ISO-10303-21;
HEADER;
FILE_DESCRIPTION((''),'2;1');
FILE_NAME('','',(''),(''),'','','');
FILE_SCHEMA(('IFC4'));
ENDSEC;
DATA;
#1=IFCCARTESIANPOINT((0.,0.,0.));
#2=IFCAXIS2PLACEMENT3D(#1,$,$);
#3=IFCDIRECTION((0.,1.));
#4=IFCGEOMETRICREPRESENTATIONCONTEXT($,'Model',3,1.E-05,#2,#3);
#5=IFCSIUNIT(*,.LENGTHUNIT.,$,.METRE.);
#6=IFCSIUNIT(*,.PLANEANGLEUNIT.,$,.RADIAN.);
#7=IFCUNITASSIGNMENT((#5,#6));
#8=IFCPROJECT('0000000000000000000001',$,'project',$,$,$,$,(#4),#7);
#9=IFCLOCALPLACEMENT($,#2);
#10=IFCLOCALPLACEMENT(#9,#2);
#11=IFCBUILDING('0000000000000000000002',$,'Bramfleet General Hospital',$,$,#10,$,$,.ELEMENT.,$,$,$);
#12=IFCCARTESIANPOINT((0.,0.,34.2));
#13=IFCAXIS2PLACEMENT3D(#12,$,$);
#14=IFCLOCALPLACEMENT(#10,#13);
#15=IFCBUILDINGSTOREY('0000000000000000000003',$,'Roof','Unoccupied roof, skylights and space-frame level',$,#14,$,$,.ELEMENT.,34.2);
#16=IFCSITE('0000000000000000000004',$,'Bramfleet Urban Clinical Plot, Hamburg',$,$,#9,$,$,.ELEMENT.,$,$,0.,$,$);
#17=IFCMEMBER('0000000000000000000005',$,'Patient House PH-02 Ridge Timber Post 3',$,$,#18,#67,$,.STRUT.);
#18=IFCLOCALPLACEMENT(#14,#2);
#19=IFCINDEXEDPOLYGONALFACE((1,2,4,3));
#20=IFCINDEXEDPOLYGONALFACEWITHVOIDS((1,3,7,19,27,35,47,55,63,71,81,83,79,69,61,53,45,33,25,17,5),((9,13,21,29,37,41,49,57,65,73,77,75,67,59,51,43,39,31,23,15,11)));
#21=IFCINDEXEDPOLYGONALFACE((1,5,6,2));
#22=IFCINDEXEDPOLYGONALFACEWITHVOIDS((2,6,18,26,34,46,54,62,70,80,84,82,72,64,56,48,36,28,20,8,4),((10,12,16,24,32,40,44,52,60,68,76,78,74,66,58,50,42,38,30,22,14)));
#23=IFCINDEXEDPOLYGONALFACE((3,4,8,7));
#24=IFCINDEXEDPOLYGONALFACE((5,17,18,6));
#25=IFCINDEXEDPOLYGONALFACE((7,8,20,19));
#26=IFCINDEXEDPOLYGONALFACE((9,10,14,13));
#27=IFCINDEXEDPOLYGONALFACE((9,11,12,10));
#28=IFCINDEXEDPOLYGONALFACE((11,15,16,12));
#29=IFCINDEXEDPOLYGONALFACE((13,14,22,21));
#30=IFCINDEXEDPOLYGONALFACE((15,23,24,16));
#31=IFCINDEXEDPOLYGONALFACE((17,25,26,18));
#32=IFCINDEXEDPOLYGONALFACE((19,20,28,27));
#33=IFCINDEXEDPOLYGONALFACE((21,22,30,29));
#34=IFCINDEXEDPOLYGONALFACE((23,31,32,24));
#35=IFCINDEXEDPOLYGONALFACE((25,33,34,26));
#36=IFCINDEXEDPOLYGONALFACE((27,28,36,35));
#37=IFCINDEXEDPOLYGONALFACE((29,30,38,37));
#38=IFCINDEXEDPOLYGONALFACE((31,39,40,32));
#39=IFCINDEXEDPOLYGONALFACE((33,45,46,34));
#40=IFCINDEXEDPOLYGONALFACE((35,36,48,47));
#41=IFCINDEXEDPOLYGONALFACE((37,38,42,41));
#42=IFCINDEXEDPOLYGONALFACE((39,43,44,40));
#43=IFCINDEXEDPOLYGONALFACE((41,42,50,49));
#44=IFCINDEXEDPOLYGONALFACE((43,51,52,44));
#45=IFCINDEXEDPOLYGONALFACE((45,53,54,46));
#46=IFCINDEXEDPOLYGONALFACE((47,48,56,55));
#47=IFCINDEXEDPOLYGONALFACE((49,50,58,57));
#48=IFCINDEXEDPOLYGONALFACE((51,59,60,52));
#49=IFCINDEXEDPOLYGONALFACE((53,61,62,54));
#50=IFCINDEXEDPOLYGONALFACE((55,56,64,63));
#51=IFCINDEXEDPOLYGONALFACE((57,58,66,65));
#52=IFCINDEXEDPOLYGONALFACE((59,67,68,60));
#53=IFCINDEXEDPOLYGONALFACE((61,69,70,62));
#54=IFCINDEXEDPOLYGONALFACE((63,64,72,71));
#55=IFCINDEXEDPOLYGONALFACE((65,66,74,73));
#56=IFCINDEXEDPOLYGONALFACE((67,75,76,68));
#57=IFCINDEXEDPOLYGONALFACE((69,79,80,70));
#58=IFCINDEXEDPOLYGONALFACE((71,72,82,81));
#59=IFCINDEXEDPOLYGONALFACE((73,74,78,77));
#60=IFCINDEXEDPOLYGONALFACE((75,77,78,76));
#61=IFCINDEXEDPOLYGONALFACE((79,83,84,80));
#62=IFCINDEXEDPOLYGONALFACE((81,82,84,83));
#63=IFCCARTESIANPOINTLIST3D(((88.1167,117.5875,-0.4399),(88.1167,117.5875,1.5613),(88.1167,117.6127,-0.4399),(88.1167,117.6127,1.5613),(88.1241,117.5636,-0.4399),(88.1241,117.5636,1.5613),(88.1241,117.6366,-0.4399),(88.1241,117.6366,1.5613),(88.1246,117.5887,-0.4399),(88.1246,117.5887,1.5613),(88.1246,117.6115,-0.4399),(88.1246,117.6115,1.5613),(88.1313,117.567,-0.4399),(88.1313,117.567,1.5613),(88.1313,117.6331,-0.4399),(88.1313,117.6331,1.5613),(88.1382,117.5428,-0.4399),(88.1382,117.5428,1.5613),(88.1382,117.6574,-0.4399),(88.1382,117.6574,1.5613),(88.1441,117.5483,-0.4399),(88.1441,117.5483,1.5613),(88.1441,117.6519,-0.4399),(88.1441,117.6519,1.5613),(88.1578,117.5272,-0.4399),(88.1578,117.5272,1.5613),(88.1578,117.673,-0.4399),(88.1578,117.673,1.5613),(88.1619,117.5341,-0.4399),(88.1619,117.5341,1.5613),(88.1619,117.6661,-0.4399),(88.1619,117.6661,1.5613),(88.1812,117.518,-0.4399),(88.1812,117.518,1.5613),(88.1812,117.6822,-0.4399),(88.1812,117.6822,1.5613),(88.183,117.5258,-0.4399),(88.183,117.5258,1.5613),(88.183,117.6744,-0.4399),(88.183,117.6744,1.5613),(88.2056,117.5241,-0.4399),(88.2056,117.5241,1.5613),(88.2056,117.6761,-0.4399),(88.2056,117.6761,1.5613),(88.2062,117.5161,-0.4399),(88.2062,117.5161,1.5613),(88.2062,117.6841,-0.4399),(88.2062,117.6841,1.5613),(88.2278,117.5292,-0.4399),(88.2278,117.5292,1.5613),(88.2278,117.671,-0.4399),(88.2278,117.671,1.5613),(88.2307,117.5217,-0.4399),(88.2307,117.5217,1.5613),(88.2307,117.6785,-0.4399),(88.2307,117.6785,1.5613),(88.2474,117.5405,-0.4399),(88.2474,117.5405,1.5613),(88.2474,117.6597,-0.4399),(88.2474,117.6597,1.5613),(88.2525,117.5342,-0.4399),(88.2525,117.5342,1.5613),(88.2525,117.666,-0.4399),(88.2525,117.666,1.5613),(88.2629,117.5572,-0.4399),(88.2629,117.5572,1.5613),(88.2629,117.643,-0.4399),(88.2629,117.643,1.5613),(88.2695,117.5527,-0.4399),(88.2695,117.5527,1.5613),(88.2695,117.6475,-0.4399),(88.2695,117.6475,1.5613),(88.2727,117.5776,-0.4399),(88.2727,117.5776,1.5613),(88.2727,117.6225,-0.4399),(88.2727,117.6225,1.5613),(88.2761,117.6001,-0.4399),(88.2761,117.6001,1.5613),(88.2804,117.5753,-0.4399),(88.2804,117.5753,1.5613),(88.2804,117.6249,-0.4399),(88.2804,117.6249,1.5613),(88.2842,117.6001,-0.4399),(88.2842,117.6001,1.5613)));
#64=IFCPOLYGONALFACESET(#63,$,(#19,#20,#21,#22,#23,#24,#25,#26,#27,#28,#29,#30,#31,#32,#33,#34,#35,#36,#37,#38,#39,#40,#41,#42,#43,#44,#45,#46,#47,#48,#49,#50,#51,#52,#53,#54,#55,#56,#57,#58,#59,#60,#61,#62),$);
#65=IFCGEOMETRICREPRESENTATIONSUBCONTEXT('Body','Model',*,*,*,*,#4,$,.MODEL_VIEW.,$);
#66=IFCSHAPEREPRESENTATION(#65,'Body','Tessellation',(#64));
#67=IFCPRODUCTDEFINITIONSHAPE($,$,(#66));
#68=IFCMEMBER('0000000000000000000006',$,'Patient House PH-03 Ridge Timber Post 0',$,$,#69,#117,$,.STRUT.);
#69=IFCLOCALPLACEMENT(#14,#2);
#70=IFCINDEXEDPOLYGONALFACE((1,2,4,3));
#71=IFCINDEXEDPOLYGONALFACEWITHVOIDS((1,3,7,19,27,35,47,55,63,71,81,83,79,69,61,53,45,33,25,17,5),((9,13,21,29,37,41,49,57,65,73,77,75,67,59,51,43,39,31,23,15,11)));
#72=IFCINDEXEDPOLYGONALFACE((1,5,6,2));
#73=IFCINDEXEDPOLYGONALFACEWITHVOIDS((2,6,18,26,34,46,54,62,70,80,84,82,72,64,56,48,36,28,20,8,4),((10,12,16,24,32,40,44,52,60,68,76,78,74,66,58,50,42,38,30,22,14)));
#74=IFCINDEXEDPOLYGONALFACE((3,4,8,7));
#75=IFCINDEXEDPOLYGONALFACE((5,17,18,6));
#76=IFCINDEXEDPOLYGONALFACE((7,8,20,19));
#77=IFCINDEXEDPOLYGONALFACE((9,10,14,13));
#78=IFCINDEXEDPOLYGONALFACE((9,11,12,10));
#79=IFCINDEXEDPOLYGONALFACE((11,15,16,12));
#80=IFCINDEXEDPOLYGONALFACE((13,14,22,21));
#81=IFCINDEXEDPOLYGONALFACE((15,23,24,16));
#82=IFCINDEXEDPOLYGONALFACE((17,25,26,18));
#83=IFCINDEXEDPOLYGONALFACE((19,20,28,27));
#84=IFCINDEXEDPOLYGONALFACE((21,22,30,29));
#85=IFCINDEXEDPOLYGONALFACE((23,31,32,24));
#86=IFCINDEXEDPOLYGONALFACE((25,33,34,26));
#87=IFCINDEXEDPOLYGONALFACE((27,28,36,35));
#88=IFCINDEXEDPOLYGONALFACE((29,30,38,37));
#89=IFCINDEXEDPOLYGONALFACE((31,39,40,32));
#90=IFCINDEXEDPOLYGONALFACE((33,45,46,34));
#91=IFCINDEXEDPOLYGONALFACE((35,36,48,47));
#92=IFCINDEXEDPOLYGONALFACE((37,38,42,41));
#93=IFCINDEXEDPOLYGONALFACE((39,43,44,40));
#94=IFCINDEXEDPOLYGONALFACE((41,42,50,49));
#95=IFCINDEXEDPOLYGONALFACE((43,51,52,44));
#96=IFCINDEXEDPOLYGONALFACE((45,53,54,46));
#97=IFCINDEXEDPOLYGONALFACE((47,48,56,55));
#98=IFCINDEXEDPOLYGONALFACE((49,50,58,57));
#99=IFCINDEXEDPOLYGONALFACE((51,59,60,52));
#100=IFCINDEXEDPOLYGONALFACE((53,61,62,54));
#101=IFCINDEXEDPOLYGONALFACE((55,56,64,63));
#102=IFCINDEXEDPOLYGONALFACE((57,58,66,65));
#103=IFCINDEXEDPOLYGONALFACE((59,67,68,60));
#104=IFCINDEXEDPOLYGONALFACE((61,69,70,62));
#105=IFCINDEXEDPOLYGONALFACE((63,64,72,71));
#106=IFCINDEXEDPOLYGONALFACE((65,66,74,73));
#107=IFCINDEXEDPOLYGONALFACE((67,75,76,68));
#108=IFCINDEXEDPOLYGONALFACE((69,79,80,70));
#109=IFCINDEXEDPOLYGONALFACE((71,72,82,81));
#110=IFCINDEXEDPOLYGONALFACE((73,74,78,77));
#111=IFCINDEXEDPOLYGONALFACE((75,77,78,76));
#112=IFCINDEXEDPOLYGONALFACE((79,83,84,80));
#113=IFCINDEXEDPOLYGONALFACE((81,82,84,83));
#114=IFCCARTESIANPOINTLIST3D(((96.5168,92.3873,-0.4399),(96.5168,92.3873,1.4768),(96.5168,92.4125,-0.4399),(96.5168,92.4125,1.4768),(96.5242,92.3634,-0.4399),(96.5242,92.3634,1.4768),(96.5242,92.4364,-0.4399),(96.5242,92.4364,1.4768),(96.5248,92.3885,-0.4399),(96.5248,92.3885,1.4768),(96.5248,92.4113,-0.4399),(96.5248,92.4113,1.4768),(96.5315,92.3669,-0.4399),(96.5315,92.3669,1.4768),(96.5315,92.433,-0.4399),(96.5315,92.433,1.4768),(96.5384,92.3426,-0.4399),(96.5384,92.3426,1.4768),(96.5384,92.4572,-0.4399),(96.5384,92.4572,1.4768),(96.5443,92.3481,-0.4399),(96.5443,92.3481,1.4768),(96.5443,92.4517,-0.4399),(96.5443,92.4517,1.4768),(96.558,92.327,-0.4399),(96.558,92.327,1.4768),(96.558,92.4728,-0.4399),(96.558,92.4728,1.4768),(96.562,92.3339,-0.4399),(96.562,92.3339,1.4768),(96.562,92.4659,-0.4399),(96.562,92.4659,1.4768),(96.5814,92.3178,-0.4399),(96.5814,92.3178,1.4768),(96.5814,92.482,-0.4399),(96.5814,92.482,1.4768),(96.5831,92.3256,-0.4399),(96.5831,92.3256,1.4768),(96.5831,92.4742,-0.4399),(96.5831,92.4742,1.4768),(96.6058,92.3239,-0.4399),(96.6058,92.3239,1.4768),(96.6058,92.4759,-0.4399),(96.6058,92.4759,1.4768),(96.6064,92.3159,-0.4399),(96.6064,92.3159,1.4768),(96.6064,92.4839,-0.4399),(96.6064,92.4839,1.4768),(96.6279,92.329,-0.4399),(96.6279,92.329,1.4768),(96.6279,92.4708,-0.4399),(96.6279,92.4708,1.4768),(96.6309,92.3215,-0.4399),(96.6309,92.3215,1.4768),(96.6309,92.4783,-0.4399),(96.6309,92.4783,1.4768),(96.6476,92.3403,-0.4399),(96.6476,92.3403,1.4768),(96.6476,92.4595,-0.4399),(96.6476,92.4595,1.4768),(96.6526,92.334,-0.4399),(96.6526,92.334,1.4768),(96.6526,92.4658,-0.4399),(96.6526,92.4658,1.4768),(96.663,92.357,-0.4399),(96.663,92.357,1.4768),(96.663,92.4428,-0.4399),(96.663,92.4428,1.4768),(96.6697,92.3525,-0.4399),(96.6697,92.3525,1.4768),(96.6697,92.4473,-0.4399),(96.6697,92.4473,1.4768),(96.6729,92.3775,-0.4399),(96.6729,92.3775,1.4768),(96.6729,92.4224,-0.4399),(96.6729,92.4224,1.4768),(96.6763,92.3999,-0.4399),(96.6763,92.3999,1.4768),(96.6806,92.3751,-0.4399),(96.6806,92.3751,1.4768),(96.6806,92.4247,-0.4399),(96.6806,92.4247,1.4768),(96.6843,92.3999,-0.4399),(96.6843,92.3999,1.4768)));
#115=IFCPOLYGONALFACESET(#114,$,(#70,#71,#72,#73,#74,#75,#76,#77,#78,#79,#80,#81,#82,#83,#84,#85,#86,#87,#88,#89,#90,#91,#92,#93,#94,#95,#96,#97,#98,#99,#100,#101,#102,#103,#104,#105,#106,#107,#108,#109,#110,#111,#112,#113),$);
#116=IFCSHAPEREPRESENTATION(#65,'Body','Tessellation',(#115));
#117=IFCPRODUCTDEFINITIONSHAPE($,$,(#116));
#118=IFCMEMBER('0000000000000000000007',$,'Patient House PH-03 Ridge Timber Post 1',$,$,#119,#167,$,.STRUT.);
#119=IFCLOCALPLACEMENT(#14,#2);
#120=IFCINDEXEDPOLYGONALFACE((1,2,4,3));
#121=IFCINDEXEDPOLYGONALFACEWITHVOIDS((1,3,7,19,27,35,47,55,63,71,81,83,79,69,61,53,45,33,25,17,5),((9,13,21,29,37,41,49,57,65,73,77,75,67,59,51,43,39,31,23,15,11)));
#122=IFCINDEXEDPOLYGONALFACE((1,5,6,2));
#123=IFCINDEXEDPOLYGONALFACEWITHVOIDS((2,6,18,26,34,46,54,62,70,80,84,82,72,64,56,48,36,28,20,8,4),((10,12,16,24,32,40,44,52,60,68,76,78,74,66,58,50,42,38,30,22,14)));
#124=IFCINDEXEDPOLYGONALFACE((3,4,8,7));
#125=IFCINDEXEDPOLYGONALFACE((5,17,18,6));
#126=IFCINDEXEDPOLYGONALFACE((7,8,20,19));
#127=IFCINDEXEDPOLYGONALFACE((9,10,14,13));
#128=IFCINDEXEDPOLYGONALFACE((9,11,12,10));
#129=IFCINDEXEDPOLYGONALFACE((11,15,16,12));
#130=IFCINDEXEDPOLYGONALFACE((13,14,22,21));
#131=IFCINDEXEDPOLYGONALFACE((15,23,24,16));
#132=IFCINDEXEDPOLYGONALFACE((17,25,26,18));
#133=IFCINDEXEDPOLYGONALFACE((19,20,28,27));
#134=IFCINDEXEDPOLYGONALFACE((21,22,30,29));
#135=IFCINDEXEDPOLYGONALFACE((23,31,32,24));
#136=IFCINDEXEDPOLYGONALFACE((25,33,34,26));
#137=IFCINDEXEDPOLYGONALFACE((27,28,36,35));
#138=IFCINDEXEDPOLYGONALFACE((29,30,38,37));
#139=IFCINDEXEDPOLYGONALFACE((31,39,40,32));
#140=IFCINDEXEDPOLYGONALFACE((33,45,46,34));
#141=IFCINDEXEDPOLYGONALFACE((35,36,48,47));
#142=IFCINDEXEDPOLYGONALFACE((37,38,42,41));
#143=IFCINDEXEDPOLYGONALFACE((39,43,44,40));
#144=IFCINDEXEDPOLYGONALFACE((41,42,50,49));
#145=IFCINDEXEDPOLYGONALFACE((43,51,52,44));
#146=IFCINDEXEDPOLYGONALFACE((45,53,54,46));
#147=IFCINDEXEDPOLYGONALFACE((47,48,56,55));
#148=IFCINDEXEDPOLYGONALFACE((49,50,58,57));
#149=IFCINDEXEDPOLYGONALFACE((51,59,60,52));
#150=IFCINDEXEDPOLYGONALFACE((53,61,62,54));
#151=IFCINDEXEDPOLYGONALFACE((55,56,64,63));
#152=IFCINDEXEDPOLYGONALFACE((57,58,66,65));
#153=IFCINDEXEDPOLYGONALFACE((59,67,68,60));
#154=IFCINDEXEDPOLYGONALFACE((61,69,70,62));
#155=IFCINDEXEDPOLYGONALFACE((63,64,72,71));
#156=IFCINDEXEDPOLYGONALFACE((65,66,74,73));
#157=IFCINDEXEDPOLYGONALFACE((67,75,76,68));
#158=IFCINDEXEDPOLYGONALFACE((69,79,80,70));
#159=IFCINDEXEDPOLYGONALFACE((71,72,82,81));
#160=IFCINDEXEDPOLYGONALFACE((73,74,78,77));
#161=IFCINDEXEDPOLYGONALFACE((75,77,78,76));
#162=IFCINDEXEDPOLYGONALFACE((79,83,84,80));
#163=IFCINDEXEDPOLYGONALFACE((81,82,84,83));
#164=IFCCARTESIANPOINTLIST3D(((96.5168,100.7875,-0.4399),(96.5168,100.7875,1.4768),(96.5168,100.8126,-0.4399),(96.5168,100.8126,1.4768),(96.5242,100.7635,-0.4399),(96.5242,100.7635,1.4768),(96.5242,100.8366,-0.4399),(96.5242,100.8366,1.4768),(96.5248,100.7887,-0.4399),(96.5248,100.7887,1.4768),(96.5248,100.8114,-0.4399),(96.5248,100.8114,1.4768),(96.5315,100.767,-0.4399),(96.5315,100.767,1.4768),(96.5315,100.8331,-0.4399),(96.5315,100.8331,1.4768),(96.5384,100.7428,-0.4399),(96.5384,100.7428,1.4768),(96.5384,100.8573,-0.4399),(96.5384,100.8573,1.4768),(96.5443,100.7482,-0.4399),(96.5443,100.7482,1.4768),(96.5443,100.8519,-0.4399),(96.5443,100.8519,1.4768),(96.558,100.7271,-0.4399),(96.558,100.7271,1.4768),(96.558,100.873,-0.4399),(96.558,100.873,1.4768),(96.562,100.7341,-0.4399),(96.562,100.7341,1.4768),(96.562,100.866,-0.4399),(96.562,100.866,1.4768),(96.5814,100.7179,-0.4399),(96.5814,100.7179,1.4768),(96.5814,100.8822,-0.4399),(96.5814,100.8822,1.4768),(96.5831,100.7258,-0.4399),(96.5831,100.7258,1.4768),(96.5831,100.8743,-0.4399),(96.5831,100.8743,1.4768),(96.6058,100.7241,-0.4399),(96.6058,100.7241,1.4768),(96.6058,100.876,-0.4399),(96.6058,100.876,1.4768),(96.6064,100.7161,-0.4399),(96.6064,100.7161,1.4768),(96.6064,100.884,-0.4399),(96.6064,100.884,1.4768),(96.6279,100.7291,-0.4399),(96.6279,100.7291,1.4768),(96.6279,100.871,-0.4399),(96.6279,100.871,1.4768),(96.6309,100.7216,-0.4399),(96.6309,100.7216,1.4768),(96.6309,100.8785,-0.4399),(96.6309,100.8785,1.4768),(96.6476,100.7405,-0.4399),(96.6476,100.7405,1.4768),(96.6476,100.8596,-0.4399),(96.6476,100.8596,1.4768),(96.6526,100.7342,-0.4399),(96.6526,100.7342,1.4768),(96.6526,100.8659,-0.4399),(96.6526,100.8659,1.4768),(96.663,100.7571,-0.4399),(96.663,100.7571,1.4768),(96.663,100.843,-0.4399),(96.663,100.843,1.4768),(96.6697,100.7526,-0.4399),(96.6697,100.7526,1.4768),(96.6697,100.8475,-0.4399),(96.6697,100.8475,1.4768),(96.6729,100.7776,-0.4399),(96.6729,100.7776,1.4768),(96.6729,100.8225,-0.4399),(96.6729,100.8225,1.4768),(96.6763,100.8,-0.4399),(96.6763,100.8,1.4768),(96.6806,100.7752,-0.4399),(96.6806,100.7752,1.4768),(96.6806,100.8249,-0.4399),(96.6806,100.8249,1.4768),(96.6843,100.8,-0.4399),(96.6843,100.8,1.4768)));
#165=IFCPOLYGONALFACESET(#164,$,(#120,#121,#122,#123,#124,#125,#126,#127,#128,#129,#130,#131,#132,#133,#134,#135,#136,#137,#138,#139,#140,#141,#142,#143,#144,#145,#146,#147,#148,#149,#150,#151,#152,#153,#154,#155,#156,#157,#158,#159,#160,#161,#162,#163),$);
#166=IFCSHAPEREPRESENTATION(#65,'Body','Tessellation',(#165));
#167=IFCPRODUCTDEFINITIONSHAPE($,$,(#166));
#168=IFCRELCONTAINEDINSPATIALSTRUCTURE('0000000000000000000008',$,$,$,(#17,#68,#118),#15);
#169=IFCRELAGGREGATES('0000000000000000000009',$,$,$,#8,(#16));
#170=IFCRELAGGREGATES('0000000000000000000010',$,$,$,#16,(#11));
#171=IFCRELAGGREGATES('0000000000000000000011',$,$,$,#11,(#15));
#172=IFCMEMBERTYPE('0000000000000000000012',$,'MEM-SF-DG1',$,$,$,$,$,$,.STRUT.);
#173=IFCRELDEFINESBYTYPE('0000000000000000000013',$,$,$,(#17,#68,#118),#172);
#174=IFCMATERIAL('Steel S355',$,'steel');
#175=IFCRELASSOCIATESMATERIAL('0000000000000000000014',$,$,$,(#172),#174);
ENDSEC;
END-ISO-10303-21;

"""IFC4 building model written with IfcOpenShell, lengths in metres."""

from ifc_helpers import new_model, si_unit, direction, frame, origin, origin_2d, place, context, subcontext, project, spatial, hollow_circle, extrude, material, material_profile, profile_set, type_object, element, save


model = new_model("IFC4")

# Units and contexts
model_context = context("Model", 3, precision=1e-05, world=origin(), true_north=direction((0.0, 1.0)))
body_context = subcontext(model_context, "Body", "Model", "MODEL_VIEW")
ifc_project = project(units=[si_unit("LENGTHUNIT", "METRE"), si_unit("PLANEANGLEUNIT", "RADIAN")], contexts=[model_context])

# Site, building, storey
site_placement = place(None, origin())
site = spatial("IfcSite", under=ifc_project, at=site_placement, Name="Bramfleet Urban Clinical Plot, Hamburg", CompositionType="ELEMENT", RefElevation=0.0)
building_placement = place(site_placement, origin())
building = spatial("IfcBuilding", under=site, at=building_placement, Name="Bramfleet General Hospital", CompositionType="ELEMENT")
storey_placement = place(building_placement, frame((0.0, 0.0, 34.2)))
storey = spatial("IfcBuildingStorey", under=building, at=storey_placement, Name="Roof", Description="Unoccupied roof, skylights and space-frame level", CompositionType="ELEMENT", Elevation=34.2)

# Members
ifc_material_1 = material(Name="Steel S355", Category="steel")
ifc_material_profile_1 = material_profile(ifc_material_1, hollow_circle(Radius=0.0842, WallThickness=0.0081, at=origin_2d()), Name="CHS 168.3x8.0")
ifc_profile_set_1 = profile_set([ifc_material_profile_1], Name="Steel S355")
member_type_1 = type_object("IfcMemberType", Name="MEM-SF-DG1", PredefinedType="STRUT", material=ifc_profile_set_1)
for number, where, z_axis, x_axis, name in (
    (1, (88.2, 117.6001, -0.4399), (0.0, 0.0, 1.0), (1.0, 0.0, 0.0), "Patient House PH-02 Ridge Timber Post 3"),
):
    element("IfcMember", number, at=place(storey_placement, frame(where, z_axis=z_axis, x_axis=x_axis)), inside=storey, type_object=member_type_1, Name=name, PredefinedType="STRUT", context=body_context, shape_type="SweptSolid", body=[
        extrude(hollow_circle(Radius=0.0842, WallThickness=0.0081, at=origin_2d()), origin(), (0.0, 0.0, 1.0), 2.0012),
    ])
for number, where, z_axis, x_axis, name in (
    (2, (96.6001, 92.3999, -0.4399), (0.0, 0.0, 1.0), (1.0, 0.0, 0.0), "Patient House PH-03 Ridge Timber Post 0"),
    (3, (96.6001, 100.8, -0.4399), (0.0, 0.0, 1.0), (1.0, 0.0, 0.0), "Patient House PH-03 Ridge Timber Post 1"),
):
    element("IfcMember", number, at=place(storey_placement, frame(where, z_axis=z_axis, x_axis=x_axis)), inside=storey, type_object=member_type_1, Name=name, PredefinedType="STRUT", context=body_context, shape_type="SweptSolid", body=[
        extrude(hollow_circle(Radius=0.0842, WallThickness=0.0081, at=origin_2d()), origin(), (0.0, 0.0, 1.0), 1.9167),
    ])

save(model, "model.ifc")
